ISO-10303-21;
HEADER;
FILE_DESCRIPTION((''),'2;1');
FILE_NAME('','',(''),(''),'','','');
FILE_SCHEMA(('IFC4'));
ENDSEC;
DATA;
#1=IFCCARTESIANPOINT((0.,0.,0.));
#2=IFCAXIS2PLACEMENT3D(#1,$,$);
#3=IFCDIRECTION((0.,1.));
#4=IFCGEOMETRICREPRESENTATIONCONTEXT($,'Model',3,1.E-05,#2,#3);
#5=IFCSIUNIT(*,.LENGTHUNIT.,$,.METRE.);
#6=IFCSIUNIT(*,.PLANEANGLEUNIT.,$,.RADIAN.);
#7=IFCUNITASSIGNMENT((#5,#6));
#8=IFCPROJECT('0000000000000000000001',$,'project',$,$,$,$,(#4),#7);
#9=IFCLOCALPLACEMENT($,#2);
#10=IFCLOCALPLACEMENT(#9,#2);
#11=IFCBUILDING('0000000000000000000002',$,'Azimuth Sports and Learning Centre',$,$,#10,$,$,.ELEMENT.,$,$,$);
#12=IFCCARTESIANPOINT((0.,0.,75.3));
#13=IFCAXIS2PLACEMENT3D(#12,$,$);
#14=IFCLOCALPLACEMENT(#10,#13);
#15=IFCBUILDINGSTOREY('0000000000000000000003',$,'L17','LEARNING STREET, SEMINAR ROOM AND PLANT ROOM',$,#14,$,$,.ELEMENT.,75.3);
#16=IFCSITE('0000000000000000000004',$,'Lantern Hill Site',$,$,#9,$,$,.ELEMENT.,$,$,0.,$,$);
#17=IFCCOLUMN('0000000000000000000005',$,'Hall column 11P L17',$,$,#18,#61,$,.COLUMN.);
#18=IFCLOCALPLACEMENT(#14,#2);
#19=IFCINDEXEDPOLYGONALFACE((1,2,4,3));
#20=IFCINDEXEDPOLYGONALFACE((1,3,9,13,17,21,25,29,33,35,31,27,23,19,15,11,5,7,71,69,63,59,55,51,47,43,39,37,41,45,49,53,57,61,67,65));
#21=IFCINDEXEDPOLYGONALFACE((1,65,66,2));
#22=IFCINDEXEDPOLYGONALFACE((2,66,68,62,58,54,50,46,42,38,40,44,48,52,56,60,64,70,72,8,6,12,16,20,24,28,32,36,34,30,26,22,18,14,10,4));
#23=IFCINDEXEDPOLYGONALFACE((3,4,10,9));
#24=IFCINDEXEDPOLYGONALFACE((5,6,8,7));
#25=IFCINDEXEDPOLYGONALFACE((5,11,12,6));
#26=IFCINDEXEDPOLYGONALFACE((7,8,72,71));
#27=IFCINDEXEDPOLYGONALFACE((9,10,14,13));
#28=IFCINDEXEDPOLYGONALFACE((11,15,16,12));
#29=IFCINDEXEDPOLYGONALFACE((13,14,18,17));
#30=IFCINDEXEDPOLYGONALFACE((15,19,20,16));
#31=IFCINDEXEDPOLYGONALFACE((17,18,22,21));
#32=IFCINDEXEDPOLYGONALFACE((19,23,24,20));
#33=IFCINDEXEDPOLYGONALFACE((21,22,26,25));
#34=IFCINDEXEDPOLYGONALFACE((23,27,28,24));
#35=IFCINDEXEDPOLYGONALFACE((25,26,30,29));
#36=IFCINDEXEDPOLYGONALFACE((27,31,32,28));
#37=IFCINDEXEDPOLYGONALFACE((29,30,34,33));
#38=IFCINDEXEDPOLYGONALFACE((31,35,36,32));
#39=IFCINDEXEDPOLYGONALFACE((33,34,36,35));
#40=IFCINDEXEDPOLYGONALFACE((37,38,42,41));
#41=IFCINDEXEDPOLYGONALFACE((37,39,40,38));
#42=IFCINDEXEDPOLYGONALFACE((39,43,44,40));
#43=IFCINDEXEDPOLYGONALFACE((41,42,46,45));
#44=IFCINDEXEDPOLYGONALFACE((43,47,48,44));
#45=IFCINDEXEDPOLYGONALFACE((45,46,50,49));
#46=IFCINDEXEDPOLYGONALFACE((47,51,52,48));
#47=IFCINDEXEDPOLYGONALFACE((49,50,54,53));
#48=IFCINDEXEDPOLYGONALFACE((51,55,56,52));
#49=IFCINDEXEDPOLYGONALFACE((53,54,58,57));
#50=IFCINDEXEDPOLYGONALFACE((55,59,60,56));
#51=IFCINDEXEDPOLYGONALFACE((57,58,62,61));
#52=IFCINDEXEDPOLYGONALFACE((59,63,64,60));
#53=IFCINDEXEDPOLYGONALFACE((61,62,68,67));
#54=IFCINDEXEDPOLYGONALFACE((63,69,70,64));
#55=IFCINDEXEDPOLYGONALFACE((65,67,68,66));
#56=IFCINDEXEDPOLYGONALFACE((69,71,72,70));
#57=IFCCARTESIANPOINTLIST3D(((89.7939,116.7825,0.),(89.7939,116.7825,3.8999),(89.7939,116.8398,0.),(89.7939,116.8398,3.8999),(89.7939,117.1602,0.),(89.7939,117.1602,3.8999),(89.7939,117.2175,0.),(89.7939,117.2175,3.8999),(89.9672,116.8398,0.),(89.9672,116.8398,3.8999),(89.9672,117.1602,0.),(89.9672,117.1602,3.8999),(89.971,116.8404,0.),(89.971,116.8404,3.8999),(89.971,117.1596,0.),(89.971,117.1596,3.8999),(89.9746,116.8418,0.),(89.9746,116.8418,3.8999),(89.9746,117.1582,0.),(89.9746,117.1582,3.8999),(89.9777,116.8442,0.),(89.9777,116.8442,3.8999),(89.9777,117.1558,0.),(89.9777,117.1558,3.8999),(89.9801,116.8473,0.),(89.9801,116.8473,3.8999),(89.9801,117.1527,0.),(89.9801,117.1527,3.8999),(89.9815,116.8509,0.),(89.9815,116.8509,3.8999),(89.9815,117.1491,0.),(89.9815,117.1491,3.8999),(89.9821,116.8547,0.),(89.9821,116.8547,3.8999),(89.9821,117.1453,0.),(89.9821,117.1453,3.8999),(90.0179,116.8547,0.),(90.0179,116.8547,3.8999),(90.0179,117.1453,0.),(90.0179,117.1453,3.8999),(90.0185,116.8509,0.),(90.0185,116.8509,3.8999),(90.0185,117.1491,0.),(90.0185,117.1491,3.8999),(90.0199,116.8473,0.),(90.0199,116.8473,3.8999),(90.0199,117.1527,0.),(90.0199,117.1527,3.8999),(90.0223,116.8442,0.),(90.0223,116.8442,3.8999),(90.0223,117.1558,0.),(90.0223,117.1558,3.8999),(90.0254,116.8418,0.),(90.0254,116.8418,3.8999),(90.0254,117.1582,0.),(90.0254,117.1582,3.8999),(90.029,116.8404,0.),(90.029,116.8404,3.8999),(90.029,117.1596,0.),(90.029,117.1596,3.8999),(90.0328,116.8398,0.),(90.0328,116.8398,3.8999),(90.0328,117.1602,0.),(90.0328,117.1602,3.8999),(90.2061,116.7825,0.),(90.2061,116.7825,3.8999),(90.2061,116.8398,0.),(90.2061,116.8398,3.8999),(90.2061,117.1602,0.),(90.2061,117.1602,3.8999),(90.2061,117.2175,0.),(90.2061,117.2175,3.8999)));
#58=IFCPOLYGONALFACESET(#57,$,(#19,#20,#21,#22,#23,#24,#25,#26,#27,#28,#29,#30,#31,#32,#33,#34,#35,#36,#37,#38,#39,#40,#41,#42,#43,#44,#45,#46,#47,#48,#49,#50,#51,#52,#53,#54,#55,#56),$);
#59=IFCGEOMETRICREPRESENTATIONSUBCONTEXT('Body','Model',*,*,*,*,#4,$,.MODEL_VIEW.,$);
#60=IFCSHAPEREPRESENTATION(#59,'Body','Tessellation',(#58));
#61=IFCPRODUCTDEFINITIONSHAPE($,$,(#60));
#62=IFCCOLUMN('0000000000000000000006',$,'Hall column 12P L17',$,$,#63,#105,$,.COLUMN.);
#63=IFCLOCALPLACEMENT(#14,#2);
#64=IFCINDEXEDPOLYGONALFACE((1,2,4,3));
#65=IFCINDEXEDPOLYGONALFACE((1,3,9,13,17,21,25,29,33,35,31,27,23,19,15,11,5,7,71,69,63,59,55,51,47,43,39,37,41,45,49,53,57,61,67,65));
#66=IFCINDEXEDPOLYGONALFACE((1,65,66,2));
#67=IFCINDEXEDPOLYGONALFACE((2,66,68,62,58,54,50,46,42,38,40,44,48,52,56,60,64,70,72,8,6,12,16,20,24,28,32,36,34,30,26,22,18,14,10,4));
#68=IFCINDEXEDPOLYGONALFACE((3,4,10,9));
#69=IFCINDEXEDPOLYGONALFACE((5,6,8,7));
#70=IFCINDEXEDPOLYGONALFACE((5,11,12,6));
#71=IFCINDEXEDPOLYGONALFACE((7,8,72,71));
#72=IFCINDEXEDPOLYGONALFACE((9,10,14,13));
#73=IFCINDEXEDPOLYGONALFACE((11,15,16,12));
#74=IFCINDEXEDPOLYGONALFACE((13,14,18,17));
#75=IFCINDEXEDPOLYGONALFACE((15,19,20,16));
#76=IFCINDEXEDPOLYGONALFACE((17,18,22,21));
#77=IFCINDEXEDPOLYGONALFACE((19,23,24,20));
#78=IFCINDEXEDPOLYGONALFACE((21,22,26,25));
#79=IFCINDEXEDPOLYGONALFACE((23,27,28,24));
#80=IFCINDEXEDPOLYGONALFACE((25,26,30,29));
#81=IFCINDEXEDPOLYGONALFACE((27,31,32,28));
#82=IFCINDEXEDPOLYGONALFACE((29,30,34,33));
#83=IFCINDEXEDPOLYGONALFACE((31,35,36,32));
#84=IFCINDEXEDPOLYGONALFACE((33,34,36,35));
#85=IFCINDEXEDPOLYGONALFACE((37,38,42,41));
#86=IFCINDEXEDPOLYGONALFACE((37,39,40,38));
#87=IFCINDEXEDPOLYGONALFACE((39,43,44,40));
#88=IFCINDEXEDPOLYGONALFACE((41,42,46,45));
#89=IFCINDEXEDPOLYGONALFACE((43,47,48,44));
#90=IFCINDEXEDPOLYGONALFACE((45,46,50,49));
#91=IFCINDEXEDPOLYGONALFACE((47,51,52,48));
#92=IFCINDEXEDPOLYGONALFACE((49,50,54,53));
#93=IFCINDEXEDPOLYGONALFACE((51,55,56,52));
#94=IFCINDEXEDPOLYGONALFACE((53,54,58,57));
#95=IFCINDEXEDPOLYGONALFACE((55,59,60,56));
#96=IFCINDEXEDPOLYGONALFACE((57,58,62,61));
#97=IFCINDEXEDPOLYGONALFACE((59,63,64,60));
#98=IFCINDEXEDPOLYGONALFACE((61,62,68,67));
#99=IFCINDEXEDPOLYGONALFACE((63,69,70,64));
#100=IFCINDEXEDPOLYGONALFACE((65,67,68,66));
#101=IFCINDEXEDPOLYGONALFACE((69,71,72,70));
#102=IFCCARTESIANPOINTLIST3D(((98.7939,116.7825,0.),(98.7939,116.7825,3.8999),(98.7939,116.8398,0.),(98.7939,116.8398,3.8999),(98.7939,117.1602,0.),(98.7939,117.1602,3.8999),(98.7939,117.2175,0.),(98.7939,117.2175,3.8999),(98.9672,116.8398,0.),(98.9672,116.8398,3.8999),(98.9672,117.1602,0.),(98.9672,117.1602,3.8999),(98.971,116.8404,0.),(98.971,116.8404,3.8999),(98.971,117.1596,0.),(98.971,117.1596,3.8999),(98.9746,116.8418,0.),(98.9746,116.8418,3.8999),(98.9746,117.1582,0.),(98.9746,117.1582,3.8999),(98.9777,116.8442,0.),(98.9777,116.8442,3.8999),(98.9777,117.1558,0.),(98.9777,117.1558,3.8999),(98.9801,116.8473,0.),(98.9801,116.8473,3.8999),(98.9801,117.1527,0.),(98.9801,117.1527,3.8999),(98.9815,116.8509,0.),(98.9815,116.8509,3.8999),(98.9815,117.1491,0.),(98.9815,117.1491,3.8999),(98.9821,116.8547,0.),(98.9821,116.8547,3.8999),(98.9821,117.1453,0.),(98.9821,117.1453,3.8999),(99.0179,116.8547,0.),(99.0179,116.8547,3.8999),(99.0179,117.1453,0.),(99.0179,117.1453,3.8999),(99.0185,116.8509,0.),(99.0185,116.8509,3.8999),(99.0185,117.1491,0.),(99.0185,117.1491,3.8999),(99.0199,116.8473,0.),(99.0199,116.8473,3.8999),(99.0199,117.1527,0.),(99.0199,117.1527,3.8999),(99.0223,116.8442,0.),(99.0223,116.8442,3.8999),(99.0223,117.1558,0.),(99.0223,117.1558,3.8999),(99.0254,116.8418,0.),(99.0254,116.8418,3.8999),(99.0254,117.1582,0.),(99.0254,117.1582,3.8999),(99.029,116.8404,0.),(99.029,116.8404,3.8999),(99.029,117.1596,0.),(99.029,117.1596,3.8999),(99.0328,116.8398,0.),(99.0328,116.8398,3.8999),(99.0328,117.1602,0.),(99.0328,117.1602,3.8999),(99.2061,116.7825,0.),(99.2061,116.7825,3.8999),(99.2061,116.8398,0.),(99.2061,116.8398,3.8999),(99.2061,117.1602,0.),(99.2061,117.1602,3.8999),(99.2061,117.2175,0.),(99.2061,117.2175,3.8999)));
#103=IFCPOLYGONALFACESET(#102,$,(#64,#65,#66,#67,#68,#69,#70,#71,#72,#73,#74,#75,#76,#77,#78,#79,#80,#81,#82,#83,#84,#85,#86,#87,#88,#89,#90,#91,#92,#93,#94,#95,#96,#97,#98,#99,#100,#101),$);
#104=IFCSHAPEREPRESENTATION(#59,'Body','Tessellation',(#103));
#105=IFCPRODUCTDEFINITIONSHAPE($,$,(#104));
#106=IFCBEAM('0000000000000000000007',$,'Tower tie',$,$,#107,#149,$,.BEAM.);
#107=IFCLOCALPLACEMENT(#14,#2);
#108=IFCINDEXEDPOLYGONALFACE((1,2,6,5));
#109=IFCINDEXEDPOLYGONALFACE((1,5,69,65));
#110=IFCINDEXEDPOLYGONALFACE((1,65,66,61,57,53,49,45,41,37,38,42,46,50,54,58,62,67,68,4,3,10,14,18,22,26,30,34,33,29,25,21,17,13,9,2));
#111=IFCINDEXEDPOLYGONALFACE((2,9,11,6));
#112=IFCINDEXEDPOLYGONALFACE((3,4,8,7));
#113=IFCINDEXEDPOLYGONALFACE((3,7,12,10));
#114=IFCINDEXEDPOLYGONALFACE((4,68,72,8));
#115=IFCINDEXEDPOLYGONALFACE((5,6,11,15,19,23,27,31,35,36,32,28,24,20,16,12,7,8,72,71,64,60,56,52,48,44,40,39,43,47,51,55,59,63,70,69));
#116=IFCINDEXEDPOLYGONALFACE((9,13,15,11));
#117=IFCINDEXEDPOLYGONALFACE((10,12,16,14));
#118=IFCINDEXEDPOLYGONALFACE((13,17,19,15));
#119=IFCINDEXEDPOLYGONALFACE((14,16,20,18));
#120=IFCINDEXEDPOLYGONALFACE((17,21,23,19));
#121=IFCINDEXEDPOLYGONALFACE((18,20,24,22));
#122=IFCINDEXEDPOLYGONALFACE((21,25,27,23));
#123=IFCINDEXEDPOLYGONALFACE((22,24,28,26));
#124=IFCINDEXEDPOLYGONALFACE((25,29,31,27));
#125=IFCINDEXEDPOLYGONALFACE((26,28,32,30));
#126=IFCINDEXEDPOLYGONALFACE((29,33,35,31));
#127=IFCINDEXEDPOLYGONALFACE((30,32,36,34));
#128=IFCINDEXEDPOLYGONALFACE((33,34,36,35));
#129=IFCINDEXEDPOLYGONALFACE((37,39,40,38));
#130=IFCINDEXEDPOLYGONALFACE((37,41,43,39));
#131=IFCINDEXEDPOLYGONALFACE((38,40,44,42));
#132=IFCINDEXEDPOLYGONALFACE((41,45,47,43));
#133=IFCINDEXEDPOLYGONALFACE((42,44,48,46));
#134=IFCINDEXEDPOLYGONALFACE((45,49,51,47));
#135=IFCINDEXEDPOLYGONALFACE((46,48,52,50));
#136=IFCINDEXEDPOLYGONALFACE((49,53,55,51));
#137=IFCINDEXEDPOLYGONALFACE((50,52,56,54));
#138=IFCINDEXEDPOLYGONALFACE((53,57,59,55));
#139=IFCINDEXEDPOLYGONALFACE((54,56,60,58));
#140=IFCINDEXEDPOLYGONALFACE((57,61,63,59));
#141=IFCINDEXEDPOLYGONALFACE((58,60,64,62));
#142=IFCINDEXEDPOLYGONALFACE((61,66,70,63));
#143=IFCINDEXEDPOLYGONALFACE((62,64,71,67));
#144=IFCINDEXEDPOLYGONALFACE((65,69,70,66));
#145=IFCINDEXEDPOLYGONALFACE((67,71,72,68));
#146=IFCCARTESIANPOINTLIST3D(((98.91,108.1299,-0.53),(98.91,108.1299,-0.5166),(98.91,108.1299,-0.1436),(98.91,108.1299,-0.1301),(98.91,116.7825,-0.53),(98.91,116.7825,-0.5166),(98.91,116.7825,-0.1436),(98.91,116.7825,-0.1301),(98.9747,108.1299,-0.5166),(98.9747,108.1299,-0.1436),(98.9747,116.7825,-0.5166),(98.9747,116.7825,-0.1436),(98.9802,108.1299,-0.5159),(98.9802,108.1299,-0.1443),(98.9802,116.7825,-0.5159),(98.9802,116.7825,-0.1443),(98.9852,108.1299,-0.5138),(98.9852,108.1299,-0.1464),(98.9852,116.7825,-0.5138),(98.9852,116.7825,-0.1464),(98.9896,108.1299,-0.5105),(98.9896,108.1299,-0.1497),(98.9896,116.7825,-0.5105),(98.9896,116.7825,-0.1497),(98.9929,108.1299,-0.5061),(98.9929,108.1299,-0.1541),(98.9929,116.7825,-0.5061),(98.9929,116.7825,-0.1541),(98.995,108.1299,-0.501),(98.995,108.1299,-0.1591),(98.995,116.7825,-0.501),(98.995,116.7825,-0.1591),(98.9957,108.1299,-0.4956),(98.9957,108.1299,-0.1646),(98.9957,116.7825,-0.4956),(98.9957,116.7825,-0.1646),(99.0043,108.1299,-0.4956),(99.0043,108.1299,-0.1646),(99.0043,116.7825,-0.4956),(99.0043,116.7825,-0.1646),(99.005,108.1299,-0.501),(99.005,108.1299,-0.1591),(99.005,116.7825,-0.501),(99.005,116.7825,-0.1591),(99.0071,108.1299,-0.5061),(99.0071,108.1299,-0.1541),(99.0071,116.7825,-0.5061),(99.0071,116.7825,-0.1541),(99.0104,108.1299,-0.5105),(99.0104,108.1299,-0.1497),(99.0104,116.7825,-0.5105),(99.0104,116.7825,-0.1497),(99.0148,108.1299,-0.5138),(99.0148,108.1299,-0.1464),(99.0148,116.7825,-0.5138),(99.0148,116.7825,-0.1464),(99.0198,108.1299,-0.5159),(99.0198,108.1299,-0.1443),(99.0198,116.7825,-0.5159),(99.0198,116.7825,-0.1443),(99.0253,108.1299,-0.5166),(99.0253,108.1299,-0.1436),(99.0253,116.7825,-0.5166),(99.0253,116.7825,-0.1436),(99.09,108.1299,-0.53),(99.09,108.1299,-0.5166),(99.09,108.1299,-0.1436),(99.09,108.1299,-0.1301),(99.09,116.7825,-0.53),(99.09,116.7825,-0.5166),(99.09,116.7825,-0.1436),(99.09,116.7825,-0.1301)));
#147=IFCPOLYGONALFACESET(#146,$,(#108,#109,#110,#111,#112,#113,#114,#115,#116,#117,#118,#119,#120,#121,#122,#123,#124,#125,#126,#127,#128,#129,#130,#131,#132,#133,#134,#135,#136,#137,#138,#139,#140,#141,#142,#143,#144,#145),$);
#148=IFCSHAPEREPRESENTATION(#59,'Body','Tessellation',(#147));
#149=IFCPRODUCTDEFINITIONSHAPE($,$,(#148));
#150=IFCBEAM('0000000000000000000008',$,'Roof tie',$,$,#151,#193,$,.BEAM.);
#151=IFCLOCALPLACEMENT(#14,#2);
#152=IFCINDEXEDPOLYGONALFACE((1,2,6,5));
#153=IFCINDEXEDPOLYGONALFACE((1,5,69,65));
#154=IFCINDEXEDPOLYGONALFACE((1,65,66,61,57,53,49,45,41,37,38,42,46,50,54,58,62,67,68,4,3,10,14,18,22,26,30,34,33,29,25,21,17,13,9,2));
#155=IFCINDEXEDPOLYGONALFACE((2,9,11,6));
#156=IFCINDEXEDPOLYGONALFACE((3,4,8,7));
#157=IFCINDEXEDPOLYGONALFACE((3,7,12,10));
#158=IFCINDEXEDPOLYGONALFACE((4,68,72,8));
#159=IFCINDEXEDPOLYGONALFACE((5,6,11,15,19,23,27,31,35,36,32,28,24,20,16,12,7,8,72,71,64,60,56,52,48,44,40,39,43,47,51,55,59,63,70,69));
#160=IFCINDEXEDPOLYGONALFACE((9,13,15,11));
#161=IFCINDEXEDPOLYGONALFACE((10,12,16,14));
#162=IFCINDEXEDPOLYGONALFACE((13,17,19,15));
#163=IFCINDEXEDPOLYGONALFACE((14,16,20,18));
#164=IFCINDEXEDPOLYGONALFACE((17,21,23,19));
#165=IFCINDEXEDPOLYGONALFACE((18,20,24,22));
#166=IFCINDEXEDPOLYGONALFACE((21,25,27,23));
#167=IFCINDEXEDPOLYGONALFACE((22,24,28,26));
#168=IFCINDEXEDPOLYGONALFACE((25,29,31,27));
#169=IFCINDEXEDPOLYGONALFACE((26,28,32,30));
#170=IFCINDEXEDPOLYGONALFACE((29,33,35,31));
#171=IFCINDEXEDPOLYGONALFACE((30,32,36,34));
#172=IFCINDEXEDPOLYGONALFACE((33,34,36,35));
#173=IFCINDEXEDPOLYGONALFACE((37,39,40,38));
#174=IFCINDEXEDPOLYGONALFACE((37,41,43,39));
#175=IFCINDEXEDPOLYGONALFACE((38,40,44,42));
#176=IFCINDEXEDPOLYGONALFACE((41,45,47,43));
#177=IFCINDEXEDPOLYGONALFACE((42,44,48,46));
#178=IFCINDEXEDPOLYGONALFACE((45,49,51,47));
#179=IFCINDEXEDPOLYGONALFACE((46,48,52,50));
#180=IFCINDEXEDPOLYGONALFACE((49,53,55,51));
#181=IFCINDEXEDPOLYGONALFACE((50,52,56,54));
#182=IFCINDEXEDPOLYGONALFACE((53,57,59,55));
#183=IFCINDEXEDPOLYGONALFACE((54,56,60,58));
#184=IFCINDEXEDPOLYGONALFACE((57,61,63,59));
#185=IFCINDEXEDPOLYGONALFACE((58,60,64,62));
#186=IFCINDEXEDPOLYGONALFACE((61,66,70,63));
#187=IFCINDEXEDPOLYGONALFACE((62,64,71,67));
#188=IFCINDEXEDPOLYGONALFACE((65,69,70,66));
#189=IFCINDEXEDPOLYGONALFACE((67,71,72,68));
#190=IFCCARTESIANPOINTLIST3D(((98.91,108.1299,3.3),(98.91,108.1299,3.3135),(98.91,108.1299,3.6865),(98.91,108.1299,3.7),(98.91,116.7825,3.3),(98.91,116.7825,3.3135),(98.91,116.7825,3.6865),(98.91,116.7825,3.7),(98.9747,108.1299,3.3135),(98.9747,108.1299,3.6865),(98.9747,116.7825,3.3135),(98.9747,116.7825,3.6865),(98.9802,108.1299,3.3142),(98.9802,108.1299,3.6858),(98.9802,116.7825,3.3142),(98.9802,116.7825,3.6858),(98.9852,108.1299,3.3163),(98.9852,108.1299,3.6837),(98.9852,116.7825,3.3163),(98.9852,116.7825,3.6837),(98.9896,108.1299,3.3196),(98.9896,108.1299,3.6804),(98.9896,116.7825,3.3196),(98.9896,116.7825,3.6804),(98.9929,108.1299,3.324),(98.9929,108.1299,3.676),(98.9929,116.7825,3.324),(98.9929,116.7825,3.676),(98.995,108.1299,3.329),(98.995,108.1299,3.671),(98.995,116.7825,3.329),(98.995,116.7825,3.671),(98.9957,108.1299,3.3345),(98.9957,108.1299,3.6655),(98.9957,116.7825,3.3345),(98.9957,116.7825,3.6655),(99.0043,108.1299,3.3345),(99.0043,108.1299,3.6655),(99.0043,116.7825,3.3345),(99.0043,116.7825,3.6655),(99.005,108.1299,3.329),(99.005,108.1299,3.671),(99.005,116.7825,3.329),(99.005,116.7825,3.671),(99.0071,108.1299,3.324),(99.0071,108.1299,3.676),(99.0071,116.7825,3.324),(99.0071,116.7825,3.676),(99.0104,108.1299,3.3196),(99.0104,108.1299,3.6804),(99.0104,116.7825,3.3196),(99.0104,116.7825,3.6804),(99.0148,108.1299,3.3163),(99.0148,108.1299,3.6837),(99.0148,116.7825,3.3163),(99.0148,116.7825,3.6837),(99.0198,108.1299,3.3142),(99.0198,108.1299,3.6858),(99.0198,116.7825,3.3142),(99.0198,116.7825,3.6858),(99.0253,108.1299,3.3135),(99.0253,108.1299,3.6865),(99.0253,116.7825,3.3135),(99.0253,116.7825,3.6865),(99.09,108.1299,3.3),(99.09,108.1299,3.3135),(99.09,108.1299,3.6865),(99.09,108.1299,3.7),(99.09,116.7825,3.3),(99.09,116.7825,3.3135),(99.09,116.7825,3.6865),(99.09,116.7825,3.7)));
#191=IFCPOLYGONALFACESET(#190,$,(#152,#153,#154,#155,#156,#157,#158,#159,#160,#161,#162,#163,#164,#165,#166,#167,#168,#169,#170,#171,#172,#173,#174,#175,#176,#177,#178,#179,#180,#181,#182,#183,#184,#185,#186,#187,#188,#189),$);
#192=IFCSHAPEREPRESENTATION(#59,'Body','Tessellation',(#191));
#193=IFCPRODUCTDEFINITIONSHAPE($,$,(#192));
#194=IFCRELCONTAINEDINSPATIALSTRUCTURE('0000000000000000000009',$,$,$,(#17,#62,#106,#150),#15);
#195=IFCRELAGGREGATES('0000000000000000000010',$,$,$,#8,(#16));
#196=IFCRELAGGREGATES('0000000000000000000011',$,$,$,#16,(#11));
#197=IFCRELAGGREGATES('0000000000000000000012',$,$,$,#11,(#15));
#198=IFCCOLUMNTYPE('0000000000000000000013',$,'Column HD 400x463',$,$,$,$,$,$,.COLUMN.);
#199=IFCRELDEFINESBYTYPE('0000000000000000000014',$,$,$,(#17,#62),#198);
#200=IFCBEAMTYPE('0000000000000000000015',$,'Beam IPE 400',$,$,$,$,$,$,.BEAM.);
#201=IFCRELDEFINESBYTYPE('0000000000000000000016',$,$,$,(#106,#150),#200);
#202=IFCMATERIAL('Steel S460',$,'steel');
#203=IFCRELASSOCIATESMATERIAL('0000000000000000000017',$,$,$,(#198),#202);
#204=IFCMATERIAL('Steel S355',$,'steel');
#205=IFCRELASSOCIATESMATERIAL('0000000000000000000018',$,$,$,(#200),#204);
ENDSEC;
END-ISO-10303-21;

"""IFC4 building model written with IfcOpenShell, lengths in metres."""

from ifc_helpers import new_model, si_unit, direction, frame, origin, origin_2d, place, context, subcontext, project, spatial, i_section, extrude, material, material_profile, profile_set, type_object, element, save


model = new_model("IFC4")

# Units and contexts
model_context = context("Model", 3, precision=1e-05, world=origin(), true_north=direction((0.0, 1.0)))
body_context = subcontext(model_context, "Body", "Model", "MODEL_VIEW")
ifc_project = project(units=[si_unit("LENGTHUNIT", "METRE"), si_unit("PLANEANGLEUNIT", "RADIAN")], contexts=[model_context])

# Site, building, storey
site_placement = place(None, origin())
site = spatial("IfcSite", under=ifc_project, at=site_placement, Name="Lantern Hill Site", CompositionType="ELEMENT", RefElevation=0.0)
building_placement = place(site_placement, origin())
building = spatial("IfcBuilding", under=site, at=building_placement, Name="Azimuth Sports and Learning Centre", CompositionType="ELEMENT")
storey_placement = place(building_placement, frame((0.0, 0.0, 75.3)))
storey = spatial("IfcBuildingStorey", under=building, at=storey_placement, Name="L17", Description="LEARNING STREET, SEMINAR ROOM AND PLANT ROOM", CompositionType="ELEMENT", Elevation=75.3)

# Columns
ifc_material_1 = material(Name="Steel S460", Category="steel")
ifc_material_profile_1 = material_profile(ifc_material_1, i_section(OverallWidth=0.4121, OverallDepth=0.4351, WebThickness=0.0359, FlangeThickness=0.0574, FilletRadius=0.0149, at=origin_2d()), Name="HD 400x463")
ifc_profile_set_1 = profile_set([ifc_material_profile_1], Name="Steel S460")
column_type = type_object("IfcColumnType", Name="Column HD 400x463", PredefinedType="COLUMN", material=ifc_profile_set_1)
for number, where, z_axis, x_axis, name in (
    (1, (90.0, 117.0, 0.0), (0.0, 0.0, 1.0), (1.0, 0.0, 0.0), "Hall column 11P L17"),
    (2, (99.0, 117.0, 0.0), (0.0, 0.0, 1.0), (1.0, 0.0, 0.0), "Hall column 12P L17"),
):
    element("IfcColumn", number, at=place(storey_placement, frame(where, z_axis=z_axis, x_axis=x_axis)), inside=storey, type_object=column_type, Name=name, PredefinedType="COLUMN", context=body_context, shape_type="SweptSolid", body=[
        extrude(i_section(OverallWidth=0.4121, OverallDepth=0.4351, WebThickness=0.0359, FlangeThickness=0.0574, FilletRadius=0.0149, at=origin_2d()), origin(), (0.0, 0.0, 1.0), 3.8999),
    ])

# Beams
ifc_material_2 = material(Name="Steel S355", Category="steel")
ifc_material_profile_2 = material_profile(ifc_material_2, i_section(OverallWidth=0.1799, OverallDepth=0.3999, WebThickness=0.0085, FlangeThickness=0.0134, FilletRadius=0.021, at=origin_2d()), Name="IPE 400")
ifc_profile_set_2 = profile_set([ifc_material_profile_2], Name="Steel S355")
beam_type_1 = type_object("IfcBeamType", Name="Beam IPE 400", PredefinedType="BEAM", material=ifc_profile_set_2)
for number, where, z_axis, x_axis, name in (
    (3, (99.0, 108.1299, -0.3301), (0.0, 1.0, 0.0), (-1.0, 0.0, 0.0), "Tower tie"),
    (4, (99.0, 108.1299, 3.5), (0.0, 1.0, 0.0), (-1.0, 0.0, 0.0), "Roof tie"),
):
    element("IfcBeam", number, at=place(storey_placement, frame(where, z_axis=z_axis, x_axis=x_axis)), inside=storey, type_object=beam_type_1, Name=name, PredefinedType="BEAM", context=body_context, shape_type="SweptSolid", body=[
        extrude(i_section(OverallWidth=0.1799, OverallDepth=0.3999, WebThickness=0.0085, FlangeThickness=0.0134, FilletRadius=0.021, at=origin_2d()), origin(), (0.0, 0.0, 1.0), 8.6526),
    ])

save(model, "model.ifc")
